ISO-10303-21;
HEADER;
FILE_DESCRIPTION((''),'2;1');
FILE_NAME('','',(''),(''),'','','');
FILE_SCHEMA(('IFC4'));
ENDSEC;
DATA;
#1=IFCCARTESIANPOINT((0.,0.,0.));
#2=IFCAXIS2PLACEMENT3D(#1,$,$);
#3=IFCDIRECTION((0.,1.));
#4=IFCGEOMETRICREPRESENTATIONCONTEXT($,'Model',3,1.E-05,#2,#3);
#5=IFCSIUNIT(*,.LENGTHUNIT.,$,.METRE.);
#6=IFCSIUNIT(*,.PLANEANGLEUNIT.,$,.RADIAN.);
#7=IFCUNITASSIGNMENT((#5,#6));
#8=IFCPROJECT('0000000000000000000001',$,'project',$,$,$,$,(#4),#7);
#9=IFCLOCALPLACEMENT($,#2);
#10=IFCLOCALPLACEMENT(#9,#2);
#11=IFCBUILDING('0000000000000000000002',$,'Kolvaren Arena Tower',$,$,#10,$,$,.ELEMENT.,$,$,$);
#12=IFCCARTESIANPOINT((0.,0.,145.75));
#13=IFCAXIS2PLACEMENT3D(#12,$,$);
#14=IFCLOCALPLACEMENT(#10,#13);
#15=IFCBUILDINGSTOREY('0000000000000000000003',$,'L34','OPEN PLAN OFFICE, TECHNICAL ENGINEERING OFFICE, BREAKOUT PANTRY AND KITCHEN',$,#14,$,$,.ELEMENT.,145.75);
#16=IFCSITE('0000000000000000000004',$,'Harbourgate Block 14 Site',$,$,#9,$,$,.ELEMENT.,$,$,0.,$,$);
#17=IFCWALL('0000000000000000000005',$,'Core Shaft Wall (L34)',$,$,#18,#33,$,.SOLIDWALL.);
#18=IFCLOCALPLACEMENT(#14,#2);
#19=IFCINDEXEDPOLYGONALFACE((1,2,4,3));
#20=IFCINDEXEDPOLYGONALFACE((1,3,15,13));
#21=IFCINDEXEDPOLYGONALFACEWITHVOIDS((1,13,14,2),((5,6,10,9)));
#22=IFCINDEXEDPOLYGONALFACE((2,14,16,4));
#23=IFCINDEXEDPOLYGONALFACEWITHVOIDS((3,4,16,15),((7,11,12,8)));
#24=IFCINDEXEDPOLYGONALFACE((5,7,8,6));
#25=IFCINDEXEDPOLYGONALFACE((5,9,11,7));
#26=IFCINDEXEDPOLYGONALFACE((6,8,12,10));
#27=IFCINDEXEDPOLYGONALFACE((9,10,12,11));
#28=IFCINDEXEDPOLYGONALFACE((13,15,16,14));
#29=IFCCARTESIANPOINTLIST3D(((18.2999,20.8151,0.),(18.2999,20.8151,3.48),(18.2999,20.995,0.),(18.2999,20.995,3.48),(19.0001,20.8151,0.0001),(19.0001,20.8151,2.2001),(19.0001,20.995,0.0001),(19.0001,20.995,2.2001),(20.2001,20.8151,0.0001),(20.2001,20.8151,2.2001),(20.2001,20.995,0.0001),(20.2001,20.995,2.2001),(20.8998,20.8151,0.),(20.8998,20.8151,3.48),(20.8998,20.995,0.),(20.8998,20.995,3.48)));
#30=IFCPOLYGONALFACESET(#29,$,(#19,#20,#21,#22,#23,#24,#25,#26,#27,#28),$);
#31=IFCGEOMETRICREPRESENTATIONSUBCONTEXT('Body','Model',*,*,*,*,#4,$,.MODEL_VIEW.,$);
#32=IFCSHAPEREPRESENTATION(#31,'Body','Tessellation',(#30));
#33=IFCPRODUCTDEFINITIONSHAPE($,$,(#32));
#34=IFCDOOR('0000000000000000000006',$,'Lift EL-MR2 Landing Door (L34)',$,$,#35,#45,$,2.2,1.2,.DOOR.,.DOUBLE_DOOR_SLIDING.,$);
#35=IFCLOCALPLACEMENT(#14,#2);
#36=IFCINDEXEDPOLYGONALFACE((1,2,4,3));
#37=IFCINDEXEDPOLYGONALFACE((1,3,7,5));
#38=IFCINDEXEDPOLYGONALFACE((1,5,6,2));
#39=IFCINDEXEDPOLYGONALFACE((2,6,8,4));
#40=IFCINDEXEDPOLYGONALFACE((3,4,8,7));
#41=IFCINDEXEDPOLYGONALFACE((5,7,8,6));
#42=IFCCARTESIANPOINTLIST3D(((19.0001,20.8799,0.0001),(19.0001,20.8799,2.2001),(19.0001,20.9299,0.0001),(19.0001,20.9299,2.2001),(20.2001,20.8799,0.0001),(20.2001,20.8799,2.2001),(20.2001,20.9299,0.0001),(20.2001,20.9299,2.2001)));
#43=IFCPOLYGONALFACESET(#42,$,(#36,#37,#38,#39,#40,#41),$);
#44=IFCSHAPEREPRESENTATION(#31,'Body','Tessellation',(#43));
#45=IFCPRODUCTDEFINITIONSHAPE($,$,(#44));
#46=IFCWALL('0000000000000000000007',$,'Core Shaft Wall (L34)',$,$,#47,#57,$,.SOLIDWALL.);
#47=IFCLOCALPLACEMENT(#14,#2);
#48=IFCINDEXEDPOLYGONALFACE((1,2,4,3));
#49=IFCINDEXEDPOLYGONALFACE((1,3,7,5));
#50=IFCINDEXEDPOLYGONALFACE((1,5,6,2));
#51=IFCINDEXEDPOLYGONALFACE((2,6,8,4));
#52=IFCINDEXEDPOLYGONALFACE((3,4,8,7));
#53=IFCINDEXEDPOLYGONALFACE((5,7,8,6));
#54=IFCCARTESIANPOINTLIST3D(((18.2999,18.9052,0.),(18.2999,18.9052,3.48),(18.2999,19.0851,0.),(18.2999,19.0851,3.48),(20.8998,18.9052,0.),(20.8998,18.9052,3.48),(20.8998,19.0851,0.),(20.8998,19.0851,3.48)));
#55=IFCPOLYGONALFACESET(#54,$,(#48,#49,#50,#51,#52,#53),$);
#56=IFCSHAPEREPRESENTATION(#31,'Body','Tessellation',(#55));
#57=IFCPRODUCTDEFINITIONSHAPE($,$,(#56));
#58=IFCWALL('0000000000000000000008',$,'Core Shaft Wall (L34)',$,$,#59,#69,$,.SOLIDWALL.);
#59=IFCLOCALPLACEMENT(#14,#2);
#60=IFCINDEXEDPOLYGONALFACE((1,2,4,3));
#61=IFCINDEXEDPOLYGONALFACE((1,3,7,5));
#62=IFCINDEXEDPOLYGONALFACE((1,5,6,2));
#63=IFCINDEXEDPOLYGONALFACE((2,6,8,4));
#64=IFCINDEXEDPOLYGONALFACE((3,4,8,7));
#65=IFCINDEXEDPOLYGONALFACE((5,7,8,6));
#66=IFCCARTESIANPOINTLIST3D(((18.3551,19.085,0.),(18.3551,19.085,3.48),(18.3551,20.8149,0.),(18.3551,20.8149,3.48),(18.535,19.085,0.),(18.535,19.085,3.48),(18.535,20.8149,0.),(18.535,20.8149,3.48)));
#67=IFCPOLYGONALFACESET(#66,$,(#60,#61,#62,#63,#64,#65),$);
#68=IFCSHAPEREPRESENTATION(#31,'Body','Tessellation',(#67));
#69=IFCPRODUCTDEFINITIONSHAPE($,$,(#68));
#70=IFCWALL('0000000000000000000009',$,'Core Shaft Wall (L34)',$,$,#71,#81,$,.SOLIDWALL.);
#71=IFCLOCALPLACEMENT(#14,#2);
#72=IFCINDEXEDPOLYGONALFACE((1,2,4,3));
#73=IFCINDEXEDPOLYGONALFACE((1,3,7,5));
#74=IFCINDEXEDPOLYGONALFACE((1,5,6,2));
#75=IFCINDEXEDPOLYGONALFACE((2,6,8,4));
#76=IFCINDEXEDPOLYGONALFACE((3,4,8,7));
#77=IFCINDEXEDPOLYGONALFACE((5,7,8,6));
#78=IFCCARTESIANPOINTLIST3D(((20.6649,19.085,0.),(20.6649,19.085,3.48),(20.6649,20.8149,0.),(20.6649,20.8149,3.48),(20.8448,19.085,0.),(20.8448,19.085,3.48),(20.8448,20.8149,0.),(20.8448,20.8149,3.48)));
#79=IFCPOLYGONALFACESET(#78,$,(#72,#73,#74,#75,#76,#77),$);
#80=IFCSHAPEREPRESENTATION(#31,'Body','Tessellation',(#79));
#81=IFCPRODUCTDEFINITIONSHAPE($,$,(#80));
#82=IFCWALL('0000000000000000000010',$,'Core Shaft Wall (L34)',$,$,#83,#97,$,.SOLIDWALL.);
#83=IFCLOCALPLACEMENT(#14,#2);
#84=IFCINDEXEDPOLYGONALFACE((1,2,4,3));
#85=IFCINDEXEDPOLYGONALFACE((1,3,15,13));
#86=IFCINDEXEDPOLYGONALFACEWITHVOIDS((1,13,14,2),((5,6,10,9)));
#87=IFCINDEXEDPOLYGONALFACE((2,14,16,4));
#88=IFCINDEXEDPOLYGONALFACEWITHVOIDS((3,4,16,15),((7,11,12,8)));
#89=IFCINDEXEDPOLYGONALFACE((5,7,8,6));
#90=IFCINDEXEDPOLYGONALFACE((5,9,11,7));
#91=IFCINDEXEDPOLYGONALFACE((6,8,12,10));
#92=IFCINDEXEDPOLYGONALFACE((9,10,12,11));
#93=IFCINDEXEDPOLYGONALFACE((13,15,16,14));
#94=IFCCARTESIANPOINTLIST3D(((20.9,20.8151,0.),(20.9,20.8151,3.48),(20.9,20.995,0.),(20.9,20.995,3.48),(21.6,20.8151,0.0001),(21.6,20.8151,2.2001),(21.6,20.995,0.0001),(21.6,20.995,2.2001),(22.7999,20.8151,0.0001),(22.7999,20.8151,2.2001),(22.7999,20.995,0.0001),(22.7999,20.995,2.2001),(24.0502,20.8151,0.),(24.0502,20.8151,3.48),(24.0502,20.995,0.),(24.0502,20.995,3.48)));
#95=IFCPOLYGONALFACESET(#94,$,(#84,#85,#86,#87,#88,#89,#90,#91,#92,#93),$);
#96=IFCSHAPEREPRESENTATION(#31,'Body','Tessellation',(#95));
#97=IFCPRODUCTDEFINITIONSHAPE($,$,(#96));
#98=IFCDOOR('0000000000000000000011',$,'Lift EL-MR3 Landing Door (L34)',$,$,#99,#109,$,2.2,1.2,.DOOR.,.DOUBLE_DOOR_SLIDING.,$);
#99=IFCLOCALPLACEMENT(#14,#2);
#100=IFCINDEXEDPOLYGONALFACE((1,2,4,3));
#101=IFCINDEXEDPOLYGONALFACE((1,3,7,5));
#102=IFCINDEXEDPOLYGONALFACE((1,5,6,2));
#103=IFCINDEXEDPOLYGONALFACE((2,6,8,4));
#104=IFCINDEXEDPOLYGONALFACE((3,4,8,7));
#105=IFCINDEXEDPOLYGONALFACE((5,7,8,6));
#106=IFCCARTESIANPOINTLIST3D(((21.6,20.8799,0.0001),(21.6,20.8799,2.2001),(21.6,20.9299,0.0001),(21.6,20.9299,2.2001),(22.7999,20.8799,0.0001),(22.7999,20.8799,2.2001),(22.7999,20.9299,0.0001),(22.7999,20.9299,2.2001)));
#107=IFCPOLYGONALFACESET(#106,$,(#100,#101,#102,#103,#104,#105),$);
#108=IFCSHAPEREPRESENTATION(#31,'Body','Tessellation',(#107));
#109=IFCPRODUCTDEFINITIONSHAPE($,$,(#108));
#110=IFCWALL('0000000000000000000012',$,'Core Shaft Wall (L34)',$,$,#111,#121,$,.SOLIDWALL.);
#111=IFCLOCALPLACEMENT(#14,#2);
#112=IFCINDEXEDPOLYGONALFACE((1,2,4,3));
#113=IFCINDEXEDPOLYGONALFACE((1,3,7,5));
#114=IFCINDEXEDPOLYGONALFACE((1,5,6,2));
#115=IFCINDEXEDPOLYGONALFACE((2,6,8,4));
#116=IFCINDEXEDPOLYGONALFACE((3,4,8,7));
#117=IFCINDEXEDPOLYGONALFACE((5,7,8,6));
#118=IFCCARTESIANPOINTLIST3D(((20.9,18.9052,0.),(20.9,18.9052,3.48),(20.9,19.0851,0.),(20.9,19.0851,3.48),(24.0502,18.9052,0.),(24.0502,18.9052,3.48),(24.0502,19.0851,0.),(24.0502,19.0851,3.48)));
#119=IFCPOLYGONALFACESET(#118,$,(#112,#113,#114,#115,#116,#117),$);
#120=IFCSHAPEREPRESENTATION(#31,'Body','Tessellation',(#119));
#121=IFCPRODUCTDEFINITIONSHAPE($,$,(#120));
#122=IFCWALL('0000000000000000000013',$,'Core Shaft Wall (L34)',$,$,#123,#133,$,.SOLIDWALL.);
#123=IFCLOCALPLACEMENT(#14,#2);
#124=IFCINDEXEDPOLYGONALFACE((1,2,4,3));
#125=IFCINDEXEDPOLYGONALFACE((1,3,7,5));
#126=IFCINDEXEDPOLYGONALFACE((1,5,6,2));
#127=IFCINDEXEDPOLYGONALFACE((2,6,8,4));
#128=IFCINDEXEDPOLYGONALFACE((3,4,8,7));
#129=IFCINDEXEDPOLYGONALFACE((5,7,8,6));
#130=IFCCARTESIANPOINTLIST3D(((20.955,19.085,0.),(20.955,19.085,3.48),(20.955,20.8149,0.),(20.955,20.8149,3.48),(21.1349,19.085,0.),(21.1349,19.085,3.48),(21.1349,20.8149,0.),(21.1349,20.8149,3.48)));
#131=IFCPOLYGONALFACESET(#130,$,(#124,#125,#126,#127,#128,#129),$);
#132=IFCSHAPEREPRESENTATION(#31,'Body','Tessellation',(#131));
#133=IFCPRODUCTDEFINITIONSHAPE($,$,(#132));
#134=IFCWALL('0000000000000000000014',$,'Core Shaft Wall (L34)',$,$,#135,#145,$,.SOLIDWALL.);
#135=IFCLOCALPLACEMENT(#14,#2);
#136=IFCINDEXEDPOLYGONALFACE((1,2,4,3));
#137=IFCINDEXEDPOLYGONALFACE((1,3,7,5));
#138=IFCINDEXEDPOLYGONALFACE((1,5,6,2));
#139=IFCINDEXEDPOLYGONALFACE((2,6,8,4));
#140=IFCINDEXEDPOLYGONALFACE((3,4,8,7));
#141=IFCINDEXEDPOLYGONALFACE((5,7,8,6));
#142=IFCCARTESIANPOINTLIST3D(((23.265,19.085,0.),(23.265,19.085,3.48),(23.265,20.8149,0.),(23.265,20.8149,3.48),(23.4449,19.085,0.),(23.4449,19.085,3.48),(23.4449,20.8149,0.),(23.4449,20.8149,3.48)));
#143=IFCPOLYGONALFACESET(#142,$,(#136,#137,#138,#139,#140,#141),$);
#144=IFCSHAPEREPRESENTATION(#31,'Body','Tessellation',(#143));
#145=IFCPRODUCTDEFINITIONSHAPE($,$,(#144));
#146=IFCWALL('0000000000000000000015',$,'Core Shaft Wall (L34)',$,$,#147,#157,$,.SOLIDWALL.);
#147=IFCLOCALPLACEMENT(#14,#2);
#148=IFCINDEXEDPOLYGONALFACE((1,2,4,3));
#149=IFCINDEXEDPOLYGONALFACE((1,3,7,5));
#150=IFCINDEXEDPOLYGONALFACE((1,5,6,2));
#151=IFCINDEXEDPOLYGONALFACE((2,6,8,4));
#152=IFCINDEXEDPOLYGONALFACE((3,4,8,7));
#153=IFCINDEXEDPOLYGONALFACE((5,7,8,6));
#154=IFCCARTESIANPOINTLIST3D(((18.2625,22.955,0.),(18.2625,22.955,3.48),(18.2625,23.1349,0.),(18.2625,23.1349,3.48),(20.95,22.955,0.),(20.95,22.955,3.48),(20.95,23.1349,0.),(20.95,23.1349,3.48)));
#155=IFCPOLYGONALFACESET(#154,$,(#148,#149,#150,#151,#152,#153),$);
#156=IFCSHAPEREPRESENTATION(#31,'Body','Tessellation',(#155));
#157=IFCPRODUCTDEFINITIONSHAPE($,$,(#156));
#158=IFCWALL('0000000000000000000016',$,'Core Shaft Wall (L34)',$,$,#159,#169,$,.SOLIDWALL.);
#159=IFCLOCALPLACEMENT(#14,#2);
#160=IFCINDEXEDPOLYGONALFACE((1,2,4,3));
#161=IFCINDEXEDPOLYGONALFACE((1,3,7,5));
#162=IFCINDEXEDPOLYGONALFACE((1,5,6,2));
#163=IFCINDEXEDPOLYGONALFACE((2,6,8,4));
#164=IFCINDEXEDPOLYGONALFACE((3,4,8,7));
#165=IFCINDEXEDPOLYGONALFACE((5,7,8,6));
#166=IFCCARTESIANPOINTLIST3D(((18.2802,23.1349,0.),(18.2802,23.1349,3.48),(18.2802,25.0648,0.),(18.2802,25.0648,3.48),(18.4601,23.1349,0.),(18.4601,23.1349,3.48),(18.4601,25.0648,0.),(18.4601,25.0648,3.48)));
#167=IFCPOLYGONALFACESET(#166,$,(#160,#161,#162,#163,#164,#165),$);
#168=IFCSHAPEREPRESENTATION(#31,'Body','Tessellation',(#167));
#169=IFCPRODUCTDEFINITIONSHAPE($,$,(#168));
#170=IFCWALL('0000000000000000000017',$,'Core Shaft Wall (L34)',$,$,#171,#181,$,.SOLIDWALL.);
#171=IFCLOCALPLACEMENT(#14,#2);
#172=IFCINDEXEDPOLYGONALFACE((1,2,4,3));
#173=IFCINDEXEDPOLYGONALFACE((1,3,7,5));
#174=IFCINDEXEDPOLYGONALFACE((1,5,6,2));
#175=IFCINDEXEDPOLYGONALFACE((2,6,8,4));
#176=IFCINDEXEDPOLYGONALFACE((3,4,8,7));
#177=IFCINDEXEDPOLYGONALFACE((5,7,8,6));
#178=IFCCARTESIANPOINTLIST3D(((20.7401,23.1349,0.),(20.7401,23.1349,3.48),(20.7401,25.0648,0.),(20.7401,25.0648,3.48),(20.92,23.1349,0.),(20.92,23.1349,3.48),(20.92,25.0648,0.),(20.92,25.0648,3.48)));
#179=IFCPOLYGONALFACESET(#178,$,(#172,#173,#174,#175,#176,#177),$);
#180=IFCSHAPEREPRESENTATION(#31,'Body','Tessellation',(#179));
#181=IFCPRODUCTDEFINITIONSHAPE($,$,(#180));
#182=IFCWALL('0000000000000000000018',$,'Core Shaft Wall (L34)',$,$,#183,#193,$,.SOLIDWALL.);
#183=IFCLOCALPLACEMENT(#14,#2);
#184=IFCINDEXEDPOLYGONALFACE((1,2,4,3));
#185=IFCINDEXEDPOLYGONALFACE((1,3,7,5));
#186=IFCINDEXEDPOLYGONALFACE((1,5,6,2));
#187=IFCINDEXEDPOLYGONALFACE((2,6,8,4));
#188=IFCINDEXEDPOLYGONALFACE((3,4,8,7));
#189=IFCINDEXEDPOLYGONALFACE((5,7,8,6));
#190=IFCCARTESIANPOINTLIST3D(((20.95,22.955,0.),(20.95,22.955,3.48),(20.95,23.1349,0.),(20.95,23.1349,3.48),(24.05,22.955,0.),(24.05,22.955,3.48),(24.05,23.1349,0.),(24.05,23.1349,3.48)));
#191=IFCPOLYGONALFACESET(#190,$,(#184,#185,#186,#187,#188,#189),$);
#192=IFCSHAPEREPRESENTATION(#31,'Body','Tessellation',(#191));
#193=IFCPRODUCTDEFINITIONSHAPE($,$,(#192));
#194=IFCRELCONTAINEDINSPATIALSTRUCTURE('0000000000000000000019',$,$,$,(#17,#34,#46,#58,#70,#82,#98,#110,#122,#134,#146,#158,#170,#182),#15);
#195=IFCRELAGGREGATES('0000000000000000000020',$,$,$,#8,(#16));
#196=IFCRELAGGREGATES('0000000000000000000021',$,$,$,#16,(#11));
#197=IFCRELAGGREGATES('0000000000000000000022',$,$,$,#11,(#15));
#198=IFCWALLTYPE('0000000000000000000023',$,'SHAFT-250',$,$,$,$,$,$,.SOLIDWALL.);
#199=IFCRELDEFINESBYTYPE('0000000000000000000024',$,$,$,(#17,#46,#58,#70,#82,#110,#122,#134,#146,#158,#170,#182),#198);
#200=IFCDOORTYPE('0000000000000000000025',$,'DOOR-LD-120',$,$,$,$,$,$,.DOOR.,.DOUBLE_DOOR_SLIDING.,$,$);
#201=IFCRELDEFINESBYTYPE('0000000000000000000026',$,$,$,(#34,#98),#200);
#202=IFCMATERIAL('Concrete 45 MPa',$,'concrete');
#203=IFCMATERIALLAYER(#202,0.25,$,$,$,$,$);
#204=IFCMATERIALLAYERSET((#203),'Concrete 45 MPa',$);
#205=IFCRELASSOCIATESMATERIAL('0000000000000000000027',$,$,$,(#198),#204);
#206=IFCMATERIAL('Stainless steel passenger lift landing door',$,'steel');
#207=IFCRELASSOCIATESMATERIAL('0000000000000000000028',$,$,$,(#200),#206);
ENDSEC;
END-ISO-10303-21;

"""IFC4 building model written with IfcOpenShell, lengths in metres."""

from ifc_helpers import new_model, si_unit, direction, frame, frame_2d, origin, place, context, subcontext, project, spatial, rectangle, extrude, material, layer, layer_set, type_object, element, fill, save


model = new_model("IFC4")

# Units and contexts
model_context = context("Model", 3, precision=1e-05, world=origin(), true_north=direction((0.0, 1.0)))
body_context = subcontext(model_context, "Body", "Model", "MODEL_VIEW")
ifc_project = project(units=[si_unit("LENGTHUNIT", "METRE"), si_unit("PLANEANGLEUNIT", "RADIAN")], contexts=[model_context])

# Site, building, storey
site_placement = place(None, origin())
site = spatial("IfcSite", under=ifc_project, at=site_placement, Name="Harbourgate Block 14 Site", CompositionType="ELEMENT", RefElevation=0.0)
building_placement = place(site_placement, origin())
building = spatial("IfcBuilding", under=site, at=building_placement, Name="Kolvaren Arena Tower", CompositionType="ELEMENT")
storey_placement = place(building_placement, frame((0.0, 0.0, 145.75)))
storey = spatial("IfcBuildingStorey", under=building, at=storey_placement, Name="L34", Description="OPEN PLAN OFFICE, TECHNICAL ENGINEERING OFFICE, BREAKOUT PANTRY AND KITCHEN", CompositionType="ELEMENT", Elevation=145.75)

# Shared definitions
ifc_material_1 = material(Name="Concrete 45 MPa", Category="concrete")
ifc_layer_1 = layer(ifc_material_1, 0.25)
ifc_layer_set_1 = layer_set([ifc_layer_1], Name="Concrete 45 MPa")
wall_type_1 = type_object("IfcWallType", Name="SHAFT-250", PredefinedType="SOLIDWALL", material=ifc_layer_set_1)

# Wall, opening, door
wall_1_placement = place(storey_placement, frame((18.3, 20.905, 0.0), z_axis=(0.0, 0.0, 1.0), x_axis=(1.0, 0.0, 0.0)))
wall_1 = element("IfcWall", 1, at=wall_1_placement, inside=storey, type_object=wall_type_1, Name="Core Shaft Wall (L34)", PredefinedType="SOLIDWALL", context=body_context, shape_type="SweptSolid", body=[
    extrude(rectangle(XDim=2.5999, YDim=0.1799, at=frame_2d((1.2998, 0.0))), origin(), (0.0, 0.0, 1.0), 3.48),
])
opening_1_placement = place(wall_1_placement, frame((0.7, 0.0, 0.0)))
opening_1 = element("IfcOpeningElement", 2, at=opening_1_placement, cuts=wall_1, PredefinedType="OPENING", context=body_context, shape_type="SweptSolid", body=[
    extrude(rectangle(XDim=1.2, YDim=2.2, at=frame_2d((0.6001, 1.1001))), frame((0.0, 0.0999, 0.0), z_axis=(0.0, -1.0, 0.0), x_axis=(1.0, 0.0, 0.0)), (0.0, 0.0, 1.0), 0.2),
])
ifc_material_2 = material(Name="Stainless steel passenger lift landing door", Category="steel")
door_type_1 = type_object("IfcDoorType", Name="DOOR-LD-120", OperationType="DOUBLE_DOOR_SLIDING", PredefinedType="DOOR", material=ifc_material_2)
door_1_placement = place(opening_1_placement, origin())
door_1 = element("IfcDoor", 3, at=door_1_placement, inside=storey, type_object=door_type_1, Name="Lift EL-MR2 Landing Door (L34)", OperationType="DOUBLE_DOOR_SLIDING", OverallHeight=2.2, OverallWidth=1.2, PredefinedType="DOOR", context=body_context, shape_type="SweptSolid", body=[
    extrude(rectangle(XDim=1.2, YDim=2.2, at=frame_2d((0.6001, 1.1001))), frame((0.0, 0.0249, 0.0), z_axis=(0.0, -1.0, 0.0), x_axis=(1.0, 0.0, 0.0)), (0.0, 0.0, 1.0), 0.05),
])
fill(opening_1, door_1)

# Walls
wall_2_placement = place(storey_placement, frame((18.3, 18.9951, 0.0), z_axis=(0.0, 0.0, 1.0), x_axis=(1.0, 0.0, 0.0)))
element("IfcWall", 4, at=wall_2_placement, inside=storey, type_object=wall_type_1, Name="Core Shaft Wall (L34)", PredefinedType="SOLIDWALL", context=body_context, shape_type="SweptSolid", body=[
    extrude(rectangle(XDim=2.5999, YDim=0.1799, at=frame_2d((1.2998, 0.0))), origin(), (0.0, 0.0, 1.0), 3.48),
])
for number, where, z_axis, x_axis, name in (
    (5, (18.4451, 19.085, 0.0), (0.0, 0.0, 1.0), (0.0, 1.0, 0.0), "Core Shaft Wall (L34)"),
    (6, (20.7549, 19.085, 0.0), (0.0, 0.0, 1.0), (0.0, 1.0, 0.0), "Core Shaft Wall (L34)"),
):
    element("IfcWall", number, at=place(storey_placement, frame(where, z_axis=z_axis, x_axis=x_axis)), inside=storey, type_object=wall_type_1, Name=name, PredefinedType="SOLIDWALL", context=body_context, shape_type="SweptSolid", body=[
        extrude(rectangle(XDim=1.73, YDim=0.1799, at=frame_2d((0.865, 0.0))), origin(), (0.0, 0.0, 1.0), 3.48),
    ])

# Wall, opening, door
wall_3_placement = place(storey_placement, frame((20.8999, 20.905, 0.0), z_axis=(0.0, 0.0, 1.0), x_axis=(1.0, 0.0, 0.0)))
wall_3 = element("IfcWall", 7, at=wall_3_placement, inside=storey, type_object=wall_type_1, Name="Core Shaft Wall (L34)", PredefinedType="SOLIDWALL", context=body_context, shape_type="SweptSolid", body=[
    extrude(rectangle(XDim=3.1501, YDim=0.1799, at=frame_2d((1.5752, 0.0))), origin(), (0.0, 0.0, 1.0), 3.48),
])
opening_2_placement = place(wall_3_placement, frame((0.7, 0.0, 0.0)))
opening_2 = element("IfcOpeningElement", 8, at=opening_2_placement, cuts=wall_3, PredefinedType="OPENING", context=body_context, shape_type="SweptSolid", body=[
    extrude(rectangle(XDim=1.2, YDim=2.2, at=frame_2d((0.6001, 1.1001))), frame((0.0, 0.0999, 0.0), z_axis=(0.0, -1.0, 0.0), x_axis=(1.0, 0.0, 0.0)), (0.0, 0.0, 1.0), 0.2),
])
door_2_placement = place(opening_2_placement, origin())
door_2 = element("IfcDoor", 9, at=door_2_placement, inside=storey, type_object=door_type_1, Name="Lift EL-MR3 Landing Door (L34)", OperationType="DOUBLE_DOOR_SLIDING", OverallHeight=2.2, OverallWidth=1.2, PredefinedType="DOOR", context=body_context, shape_type="SweptSolid", body=[
    extrude(rectangle(XDim=1.2, YDim=2.2, at=frame_2d((0.6001, 1.1001))), frame((0.0, 0.0249, 0.0), z_axis=(0.0, -1.0, 0.0), x_axis=(1.0, 0.0, 0.0)), (0.0, 0.0, 1.0), 0.05),
])
fill(opening_2, door_2)

# Walls
wall_4_placement = place(storey_placement, frame((20.8999, 18.9951, 0.0), z_axis=(0.0, 0.0, 1.0), x_axis=(1.0, 0.0, 0.0)))
element("IfcWall", 10, at=wall_4_placement, inside=storey, type_object=wall_type_1, Name="Core Shaft Wall (L34)", PredefinedType="SOLIDWALL", context=body_context, shape_type="SweptSolid", body=[
    extrude(rectangle(XDim=3.1501, YDim=0.1799, at=frame_2d((1.5752, 0.0))), origin(), (0.0, 0.0, 1.0), 3.48),
])
for number, where, z_axis, x_axis, name in (
    (11, (21.0449, 19.085, 0.0), (0.0, 0.0, 1.0), (0.0, 1.0, 0.0), "Core Shaft Wall (L34)"),
    (12, (23.355, 19.085, 0.0), (0.0, 0.0, 1.0), (0.0, 1.0, 0.0), "Core Shaft Wall (L34)"),
):
    element("IfcWall", number, at=place(storey_placement, frame(where, z_axis=z_axis, x_axis=x_axis)), inside=storey, type_object=wall_type_1, Name=name, PredefinedType="SOLIDWALL", context=body_context, shape_type="SweptSolid", body=[
        extrude(rectangle(XDim=1.73, YDim=0.1799, at=frame_2d((0.865, 0.0))), origin(), (0.0, 0.0, 1.0), 3.48),
    ])
wall_5_placement = place(storey_placement, frame((18.2625, 23.0449, 0.0), z_axis=(0.0, 0.0, 1.0), x_axis=(1.0, 0.0, 0.0)))
element("IfcWall", 13, at=wall_5_placement, inside=storey, type_object=wall_type_1, Name="Core Shaft Wall (L34)", PredefinedType="SOLIDWALL", context=body_context, shape_type="SweptSolid", body=[
    extrude(rectangle(XDim=2.6875, YDim=0.1799, at=frame_2d((1.3438, 0.0))), origin(), (0.0, 0.0, 1.0), 3.48),
])
for number, where, z_axis, x_axis, name in (
    (14, (18.3701, 23.135, 0.0), (0.0, 0.0, 1.0), (0.0, 1.0, 0.0), "Core Shaft Wall (L34)"),
    (15, (20.8301, 23.135, 0.0), (0.0, 0.0, 1.0), (0.0, 1.0, 0.0), "Core Shaft Wall (L34)"),
):
    element("IfcWall", number, at=place(storey_placement, frame(where, z_axis=z_axis, x_axis=x_axis)), inside=storey, type_object=wall_type_1, Name=name, PredefinedType="SOLIDWALL", context=body_context, shape_type="SweptSolid", body=[
        extrude(rectangle(XDim=1.9299, YDim=0.1799, at=frame_2d((0.9648, 0.0))), origin(), (0.0, 0.0, 1.0), 3.48),
    ])
wall_6_placement = place(storey_placement, frame((20.95, 23.0449, 0.0), z_axis=(0.0, 0.0, 1.0), x_axis=(1.0, 0.0, 0.0)))
element("IfcWall", 16, at=wall_6_placement, inside=storey, type_object=wall_type_1, Name="Core Shaft Wall (L34)", PredefinedType="SOLIDWALL", context=body_context, shape_type="SweptSolid", body=[
    extrude(rectangle(XDim=3.1001, YDim=0.1799, at=frame_2d((1.55, 0.0))), origin(), (0.0, 0.0, 1.0), 3.48),
])

save(model, "model.ifc")
